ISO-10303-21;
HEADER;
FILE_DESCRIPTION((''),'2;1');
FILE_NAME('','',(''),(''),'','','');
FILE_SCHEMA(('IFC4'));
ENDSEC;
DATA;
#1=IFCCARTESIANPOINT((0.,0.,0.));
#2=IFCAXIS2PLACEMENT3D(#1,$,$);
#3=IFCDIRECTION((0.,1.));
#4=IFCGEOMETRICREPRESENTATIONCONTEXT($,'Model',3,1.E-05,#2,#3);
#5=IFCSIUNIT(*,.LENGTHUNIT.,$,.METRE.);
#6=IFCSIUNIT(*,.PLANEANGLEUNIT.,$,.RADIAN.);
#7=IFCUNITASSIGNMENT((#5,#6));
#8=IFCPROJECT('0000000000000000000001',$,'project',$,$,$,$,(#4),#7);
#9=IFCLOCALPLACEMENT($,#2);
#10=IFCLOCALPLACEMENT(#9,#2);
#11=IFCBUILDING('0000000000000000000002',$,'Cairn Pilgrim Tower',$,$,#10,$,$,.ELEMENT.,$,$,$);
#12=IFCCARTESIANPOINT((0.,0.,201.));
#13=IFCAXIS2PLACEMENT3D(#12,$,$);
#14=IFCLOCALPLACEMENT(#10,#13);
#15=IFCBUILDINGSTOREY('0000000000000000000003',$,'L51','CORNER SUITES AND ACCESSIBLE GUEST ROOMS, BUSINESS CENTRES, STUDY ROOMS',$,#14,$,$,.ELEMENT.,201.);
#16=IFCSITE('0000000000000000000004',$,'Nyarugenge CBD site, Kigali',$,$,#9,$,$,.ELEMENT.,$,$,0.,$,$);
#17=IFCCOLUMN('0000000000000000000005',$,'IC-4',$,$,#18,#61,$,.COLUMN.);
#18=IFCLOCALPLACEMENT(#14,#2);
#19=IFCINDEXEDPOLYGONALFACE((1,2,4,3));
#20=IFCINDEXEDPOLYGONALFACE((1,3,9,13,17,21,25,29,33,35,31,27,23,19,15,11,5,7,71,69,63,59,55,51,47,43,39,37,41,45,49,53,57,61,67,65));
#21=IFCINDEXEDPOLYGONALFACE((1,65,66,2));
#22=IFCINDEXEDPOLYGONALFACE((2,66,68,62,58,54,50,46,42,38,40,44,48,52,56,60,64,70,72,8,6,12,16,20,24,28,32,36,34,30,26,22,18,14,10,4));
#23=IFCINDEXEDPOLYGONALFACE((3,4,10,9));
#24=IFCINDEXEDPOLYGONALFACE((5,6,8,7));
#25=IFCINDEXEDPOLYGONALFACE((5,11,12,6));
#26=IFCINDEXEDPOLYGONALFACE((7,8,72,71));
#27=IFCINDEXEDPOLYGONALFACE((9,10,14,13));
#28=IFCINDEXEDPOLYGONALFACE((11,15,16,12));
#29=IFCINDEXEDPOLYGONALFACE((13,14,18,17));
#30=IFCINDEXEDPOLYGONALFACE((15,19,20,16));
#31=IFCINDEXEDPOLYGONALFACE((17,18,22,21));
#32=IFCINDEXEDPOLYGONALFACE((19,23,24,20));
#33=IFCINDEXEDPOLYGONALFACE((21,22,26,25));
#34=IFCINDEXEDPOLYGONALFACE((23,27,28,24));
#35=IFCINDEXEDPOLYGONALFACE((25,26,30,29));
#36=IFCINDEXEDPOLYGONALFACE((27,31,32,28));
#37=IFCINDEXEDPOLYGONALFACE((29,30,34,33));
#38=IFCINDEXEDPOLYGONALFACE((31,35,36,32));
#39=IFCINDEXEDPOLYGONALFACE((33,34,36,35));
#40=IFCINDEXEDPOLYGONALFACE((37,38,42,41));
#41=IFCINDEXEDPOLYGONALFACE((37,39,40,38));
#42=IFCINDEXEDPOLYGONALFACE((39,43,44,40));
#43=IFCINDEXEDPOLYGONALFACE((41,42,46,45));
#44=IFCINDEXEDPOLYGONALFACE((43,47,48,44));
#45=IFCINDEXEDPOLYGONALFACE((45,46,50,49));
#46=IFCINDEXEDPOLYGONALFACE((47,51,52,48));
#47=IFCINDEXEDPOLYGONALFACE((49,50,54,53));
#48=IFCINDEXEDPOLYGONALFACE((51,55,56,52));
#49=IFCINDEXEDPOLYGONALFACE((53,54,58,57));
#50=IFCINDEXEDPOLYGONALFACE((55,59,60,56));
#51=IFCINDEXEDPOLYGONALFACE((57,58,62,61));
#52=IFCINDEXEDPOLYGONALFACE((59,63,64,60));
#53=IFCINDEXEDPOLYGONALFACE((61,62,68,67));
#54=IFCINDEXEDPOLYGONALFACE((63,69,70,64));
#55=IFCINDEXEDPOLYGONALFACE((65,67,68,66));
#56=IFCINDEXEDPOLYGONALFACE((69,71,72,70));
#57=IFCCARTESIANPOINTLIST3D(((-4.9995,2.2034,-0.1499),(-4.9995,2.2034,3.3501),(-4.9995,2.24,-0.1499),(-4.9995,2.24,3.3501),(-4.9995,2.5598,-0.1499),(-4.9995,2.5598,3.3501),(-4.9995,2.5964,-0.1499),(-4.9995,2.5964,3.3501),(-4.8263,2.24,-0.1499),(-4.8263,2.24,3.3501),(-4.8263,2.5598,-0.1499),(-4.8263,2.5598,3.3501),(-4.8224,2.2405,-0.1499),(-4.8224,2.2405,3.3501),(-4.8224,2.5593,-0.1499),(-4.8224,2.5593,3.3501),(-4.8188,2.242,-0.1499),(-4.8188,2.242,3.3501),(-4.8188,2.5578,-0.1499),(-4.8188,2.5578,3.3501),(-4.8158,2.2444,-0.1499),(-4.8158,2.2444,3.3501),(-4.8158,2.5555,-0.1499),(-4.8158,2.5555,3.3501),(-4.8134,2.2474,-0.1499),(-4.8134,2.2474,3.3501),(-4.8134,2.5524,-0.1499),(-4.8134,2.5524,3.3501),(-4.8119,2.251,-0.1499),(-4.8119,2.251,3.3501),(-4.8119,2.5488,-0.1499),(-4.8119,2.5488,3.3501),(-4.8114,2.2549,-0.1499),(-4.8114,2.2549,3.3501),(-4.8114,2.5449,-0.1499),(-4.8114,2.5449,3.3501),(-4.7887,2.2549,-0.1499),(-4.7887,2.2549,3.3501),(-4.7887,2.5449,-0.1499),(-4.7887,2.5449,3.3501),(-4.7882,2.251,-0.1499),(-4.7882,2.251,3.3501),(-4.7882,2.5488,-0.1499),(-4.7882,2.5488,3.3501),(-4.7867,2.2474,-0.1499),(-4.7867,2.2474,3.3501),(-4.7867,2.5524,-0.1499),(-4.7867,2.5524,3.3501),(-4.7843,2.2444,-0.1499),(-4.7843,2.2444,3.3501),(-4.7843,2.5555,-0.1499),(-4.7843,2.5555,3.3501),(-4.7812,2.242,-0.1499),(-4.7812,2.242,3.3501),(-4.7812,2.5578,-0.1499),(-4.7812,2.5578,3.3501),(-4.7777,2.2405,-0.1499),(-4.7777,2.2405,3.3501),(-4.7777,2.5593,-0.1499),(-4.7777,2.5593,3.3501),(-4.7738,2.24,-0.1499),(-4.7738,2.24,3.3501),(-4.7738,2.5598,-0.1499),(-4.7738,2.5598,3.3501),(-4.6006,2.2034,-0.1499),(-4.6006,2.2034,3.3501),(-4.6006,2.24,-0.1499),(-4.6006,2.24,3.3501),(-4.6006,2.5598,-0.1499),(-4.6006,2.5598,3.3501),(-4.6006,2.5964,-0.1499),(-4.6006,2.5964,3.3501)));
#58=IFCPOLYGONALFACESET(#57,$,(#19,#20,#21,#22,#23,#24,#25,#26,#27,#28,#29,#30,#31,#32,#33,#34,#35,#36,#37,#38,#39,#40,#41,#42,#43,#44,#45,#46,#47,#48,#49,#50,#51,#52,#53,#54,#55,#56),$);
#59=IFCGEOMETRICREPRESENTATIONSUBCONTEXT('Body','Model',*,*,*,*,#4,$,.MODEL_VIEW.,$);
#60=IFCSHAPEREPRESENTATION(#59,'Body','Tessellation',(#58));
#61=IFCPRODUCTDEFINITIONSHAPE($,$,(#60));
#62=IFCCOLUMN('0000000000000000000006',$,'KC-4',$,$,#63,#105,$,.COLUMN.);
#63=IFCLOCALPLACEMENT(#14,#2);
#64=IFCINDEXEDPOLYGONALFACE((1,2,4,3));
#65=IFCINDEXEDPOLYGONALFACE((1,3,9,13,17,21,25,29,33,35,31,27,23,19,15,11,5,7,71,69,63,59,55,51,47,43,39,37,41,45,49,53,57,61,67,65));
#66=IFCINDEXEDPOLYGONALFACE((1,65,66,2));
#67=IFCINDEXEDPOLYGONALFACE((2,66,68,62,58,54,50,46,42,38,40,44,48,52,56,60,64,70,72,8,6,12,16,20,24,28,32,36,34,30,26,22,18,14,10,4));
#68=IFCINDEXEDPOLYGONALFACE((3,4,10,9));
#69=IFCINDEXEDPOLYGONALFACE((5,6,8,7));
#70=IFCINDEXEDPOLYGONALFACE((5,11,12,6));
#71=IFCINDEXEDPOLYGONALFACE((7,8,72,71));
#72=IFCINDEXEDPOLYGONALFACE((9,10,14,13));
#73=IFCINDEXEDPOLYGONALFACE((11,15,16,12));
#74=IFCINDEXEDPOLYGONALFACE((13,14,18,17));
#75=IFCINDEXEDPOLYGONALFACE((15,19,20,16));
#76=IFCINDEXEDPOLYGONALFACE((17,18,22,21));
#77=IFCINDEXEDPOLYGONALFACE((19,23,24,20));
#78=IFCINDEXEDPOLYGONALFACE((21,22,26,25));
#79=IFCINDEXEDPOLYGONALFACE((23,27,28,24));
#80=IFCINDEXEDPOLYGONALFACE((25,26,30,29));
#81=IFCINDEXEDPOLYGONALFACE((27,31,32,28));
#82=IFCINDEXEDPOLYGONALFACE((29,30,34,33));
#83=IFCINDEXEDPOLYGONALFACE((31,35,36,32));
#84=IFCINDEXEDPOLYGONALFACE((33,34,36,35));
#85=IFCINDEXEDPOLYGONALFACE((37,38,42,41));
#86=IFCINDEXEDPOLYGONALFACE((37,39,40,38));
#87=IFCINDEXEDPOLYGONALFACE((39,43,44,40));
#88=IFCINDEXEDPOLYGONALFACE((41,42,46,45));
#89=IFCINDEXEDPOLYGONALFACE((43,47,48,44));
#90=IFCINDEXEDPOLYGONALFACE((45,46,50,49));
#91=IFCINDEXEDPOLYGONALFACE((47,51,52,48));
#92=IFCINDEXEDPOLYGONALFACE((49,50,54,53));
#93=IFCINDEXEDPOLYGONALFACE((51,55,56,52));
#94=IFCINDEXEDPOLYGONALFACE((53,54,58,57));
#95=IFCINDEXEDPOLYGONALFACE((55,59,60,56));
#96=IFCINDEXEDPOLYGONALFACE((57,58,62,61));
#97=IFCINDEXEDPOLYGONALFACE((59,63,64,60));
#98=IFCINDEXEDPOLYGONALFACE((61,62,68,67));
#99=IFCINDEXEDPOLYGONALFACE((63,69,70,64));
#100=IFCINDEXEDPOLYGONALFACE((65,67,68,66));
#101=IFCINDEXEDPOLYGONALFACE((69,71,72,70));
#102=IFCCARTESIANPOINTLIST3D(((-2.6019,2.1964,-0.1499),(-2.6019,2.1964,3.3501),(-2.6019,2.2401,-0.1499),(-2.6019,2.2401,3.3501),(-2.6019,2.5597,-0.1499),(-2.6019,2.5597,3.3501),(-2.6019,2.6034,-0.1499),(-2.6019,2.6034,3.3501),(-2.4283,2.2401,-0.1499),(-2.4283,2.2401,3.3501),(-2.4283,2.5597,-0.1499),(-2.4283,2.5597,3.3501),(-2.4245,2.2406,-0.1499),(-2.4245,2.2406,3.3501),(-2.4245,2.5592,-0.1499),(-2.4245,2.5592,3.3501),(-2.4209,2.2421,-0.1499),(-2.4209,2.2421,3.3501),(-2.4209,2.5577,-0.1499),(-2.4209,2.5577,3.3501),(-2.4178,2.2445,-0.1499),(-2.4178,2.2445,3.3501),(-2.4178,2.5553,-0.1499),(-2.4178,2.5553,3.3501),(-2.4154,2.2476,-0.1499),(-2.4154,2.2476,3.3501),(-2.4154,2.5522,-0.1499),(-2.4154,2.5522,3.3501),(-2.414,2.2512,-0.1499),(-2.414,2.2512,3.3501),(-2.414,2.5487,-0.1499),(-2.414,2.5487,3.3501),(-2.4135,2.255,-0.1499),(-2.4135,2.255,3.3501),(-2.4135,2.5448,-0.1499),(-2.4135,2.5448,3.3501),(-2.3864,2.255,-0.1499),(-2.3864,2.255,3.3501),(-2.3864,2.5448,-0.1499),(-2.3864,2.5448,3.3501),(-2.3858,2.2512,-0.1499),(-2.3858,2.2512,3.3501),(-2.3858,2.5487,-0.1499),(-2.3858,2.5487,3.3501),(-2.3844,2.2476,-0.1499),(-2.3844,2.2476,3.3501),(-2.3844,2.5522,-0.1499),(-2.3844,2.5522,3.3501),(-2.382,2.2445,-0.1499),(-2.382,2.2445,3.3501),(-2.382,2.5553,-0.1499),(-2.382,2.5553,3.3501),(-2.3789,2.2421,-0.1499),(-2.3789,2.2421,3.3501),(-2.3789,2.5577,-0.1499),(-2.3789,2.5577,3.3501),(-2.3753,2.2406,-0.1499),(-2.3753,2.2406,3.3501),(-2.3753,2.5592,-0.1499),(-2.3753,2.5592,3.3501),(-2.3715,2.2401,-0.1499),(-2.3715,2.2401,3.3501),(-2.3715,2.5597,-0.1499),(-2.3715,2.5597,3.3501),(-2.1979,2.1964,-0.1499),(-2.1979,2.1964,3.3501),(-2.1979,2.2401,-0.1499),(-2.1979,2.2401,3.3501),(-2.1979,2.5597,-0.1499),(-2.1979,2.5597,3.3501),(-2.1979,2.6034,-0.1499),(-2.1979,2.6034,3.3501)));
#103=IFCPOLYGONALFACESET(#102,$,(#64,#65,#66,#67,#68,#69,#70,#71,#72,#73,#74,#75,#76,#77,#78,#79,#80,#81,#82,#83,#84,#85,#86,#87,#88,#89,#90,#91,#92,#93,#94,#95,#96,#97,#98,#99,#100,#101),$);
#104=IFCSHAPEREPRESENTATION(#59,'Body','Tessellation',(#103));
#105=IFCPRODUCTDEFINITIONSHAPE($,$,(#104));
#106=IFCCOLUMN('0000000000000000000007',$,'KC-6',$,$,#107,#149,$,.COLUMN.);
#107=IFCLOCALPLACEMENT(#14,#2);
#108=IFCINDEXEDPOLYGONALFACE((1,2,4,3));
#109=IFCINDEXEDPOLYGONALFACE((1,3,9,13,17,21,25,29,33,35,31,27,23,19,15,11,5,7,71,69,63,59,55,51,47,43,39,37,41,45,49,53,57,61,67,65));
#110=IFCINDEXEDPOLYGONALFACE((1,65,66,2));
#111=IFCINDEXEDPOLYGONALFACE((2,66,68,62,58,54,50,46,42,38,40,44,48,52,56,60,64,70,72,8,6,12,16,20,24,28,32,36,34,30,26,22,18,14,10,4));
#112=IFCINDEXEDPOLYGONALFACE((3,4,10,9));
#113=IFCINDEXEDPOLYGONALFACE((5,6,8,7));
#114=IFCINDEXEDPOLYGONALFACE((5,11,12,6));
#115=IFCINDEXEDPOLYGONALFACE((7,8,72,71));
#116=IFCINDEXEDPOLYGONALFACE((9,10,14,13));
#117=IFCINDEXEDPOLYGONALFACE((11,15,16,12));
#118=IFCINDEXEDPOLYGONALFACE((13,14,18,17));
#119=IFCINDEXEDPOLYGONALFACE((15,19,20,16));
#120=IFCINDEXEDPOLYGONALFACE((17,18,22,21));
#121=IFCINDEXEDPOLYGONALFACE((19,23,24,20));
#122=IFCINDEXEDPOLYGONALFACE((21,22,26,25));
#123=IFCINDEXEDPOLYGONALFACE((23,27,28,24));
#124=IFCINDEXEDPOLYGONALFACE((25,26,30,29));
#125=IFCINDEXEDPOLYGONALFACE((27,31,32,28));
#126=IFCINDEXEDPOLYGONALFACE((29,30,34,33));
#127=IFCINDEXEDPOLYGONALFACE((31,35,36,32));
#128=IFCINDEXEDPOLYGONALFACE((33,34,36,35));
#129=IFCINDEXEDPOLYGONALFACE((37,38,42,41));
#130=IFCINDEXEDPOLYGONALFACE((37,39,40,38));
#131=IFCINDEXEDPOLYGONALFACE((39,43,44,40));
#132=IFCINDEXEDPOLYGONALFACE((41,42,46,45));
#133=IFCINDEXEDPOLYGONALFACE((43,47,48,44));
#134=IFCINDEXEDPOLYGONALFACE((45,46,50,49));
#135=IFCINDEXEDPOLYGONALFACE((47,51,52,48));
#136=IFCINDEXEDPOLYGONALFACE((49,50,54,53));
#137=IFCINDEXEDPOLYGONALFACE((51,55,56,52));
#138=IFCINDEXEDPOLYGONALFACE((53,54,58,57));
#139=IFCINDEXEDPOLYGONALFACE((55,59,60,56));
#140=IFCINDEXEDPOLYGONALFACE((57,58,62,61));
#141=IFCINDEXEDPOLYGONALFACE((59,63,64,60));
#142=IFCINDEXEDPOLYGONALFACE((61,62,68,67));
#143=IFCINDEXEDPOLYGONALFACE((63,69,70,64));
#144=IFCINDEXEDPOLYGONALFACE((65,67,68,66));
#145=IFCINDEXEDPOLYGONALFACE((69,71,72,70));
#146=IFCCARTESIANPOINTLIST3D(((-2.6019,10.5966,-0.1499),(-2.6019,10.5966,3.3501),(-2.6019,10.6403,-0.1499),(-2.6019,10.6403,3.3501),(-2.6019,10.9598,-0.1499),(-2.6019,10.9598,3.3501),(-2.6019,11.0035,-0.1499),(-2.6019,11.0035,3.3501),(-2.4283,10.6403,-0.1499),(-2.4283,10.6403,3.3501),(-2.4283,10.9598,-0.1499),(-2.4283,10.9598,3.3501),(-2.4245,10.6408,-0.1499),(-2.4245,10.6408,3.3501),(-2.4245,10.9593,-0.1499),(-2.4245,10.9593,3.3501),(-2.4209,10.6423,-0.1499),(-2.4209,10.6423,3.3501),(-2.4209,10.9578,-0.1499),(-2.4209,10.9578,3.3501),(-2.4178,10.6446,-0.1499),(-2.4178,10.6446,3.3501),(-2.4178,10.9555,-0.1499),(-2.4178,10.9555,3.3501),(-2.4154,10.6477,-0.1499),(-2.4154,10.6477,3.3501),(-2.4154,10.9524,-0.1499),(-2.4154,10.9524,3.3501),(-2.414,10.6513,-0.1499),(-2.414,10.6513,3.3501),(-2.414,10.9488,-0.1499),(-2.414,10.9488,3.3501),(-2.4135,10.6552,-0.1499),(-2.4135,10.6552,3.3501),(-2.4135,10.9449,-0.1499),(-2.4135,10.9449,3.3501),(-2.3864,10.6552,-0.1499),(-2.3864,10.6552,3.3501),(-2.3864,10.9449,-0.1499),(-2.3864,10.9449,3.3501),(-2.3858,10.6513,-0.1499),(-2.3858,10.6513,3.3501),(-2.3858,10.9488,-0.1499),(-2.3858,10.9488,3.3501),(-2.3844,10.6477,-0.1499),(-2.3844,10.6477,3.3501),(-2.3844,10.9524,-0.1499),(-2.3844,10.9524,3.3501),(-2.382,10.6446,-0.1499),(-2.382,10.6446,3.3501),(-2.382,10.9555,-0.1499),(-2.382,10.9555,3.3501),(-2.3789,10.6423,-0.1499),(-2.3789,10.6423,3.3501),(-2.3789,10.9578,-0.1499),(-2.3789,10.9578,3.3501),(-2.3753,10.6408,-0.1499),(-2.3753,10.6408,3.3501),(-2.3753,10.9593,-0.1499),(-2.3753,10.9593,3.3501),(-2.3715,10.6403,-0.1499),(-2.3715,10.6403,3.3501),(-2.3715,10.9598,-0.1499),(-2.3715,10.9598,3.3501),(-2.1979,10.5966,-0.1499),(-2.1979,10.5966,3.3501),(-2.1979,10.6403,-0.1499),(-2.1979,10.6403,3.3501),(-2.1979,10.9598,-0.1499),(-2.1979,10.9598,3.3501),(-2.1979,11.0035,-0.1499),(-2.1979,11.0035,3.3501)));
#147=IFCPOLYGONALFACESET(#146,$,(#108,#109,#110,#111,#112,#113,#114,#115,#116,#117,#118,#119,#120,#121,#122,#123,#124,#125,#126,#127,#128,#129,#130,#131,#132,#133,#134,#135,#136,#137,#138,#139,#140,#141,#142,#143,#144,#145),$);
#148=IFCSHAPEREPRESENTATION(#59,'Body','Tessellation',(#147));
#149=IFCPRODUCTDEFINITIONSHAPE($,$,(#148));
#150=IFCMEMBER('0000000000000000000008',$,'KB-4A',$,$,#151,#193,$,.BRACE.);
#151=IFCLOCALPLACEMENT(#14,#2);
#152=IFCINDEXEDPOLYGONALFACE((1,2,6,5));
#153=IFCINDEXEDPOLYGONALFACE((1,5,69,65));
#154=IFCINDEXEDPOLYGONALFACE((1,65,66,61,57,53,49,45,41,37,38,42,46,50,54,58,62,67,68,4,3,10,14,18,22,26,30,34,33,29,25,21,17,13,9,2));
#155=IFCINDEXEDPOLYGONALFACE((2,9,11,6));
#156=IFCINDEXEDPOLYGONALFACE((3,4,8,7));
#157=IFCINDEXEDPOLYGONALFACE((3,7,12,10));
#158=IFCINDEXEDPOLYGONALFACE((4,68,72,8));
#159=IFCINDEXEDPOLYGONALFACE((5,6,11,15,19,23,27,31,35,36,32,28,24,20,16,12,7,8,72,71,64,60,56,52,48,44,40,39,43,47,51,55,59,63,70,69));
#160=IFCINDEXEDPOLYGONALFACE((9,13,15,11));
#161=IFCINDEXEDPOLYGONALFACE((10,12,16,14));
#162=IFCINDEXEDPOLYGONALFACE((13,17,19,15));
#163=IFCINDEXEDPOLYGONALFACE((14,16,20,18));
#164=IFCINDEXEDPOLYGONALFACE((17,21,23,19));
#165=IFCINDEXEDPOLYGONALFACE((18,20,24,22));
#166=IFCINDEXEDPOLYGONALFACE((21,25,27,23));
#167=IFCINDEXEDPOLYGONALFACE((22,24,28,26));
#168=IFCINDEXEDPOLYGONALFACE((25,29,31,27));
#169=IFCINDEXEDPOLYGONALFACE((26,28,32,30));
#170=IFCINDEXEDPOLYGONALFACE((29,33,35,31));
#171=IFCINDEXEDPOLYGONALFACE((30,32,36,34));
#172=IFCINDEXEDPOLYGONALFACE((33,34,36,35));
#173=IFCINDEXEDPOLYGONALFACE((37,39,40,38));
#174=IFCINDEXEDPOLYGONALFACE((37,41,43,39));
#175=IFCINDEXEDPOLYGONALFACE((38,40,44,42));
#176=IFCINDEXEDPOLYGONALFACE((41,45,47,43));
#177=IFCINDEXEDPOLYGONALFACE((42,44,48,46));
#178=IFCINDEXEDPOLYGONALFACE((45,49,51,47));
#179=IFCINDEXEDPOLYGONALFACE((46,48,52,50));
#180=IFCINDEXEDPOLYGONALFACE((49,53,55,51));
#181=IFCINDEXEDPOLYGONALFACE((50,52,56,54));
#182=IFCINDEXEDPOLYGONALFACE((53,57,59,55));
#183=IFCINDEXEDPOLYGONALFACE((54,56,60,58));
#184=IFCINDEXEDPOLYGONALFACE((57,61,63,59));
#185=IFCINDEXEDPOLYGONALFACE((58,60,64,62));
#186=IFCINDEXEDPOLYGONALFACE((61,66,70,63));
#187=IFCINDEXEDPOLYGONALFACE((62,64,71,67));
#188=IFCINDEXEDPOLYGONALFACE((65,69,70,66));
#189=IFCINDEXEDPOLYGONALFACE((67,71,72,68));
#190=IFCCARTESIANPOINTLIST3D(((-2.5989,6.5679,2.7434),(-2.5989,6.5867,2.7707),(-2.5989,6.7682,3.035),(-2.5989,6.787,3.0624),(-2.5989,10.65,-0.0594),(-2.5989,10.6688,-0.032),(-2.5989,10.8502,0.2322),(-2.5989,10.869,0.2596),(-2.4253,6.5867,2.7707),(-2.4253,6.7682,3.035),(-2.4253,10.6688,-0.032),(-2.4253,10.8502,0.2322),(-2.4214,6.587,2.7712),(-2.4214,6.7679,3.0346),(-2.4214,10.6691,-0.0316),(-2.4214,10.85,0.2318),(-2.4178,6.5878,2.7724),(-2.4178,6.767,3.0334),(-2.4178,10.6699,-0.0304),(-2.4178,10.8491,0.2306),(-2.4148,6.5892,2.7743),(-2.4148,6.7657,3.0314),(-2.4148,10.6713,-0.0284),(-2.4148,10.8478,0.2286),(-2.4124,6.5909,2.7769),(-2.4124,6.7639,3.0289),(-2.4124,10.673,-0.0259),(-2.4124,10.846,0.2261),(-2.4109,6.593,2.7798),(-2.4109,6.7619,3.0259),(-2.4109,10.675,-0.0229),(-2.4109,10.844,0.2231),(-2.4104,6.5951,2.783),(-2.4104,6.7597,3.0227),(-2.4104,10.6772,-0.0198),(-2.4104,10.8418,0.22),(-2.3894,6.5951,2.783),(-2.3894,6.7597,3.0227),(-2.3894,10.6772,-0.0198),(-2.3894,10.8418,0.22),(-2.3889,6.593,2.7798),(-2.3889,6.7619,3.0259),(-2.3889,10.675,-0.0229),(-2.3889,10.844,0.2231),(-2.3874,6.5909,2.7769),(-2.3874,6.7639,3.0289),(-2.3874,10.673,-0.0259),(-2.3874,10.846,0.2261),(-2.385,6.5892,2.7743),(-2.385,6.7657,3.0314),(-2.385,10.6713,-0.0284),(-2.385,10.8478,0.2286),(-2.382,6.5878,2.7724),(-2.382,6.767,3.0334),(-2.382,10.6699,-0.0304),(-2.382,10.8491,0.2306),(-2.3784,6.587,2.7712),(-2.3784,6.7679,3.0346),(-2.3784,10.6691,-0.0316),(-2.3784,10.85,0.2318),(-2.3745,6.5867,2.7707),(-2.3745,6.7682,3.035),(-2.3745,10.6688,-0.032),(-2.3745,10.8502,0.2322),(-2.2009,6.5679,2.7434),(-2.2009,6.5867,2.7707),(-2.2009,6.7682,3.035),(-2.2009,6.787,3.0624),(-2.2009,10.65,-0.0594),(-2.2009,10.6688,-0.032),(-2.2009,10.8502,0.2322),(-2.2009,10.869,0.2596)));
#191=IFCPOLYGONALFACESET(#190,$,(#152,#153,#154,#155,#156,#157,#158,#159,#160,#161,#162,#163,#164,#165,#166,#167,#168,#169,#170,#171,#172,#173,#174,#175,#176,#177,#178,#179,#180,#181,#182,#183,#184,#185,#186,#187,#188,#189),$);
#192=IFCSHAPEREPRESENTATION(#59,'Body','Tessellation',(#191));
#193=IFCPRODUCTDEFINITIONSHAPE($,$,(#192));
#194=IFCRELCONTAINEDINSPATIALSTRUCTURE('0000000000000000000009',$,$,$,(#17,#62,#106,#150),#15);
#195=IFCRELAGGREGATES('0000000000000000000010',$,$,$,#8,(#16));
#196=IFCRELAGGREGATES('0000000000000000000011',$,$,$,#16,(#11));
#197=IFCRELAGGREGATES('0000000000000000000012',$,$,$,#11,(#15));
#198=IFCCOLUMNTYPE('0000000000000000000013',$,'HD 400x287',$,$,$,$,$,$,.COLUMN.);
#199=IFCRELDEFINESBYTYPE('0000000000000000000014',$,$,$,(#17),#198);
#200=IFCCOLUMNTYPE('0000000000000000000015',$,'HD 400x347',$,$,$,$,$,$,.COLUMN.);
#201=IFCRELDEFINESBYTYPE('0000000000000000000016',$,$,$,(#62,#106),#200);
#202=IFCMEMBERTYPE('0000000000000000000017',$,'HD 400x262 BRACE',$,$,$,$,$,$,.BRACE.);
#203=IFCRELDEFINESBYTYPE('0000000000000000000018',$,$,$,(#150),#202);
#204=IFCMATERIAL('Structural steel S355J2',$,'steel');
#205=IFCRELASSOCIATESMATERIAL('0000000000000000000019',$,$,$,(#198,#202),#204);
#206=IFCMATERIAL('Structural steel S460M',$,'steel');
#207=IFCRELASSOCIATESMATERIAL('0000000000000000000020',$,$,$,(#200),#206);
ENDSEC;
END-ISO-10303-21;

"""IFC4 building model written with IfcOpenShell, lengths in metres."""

from ifc_helpers import new_model, si_unit, direction, frame, origin, origin_2d, place, context, subcontext, project, spatial, i_section, extrude, material, material_profile, profile_set, type_object, element, save


model = new_model("IFC4")

# Units and contexts
model_context = context("Model", 3, precision=1e-05, world=origin(), true_north=direction((0.0, 1.0)))
body_context = subcontext(model_context, "Body", "Model", "MODEL_VIEW")
ifc_project = project(units=[si_unit("LENGTHUNIT", "METRE"), si_unit("PLANEANGLEUNIT", "RADIAN")], contexts=[model_context])

# Site, building, storey
site_placement = place(None, origin())
site = spatial("IfcSite", under=ifc_project, at=site_placement, Name="Nyarugenge CBD site, Kigali", CompositionType="ELEMENT", RefElevation=0.0)
building_placement = place(site_placement, origin())
building = spatial("IfcBuilding", under=site, at=building_placement, Name="Cairn Pilgrim Tower", CompositionType="ELEMENT")
storey_placement = place(building_placement, frame((0.0, 0.0, 201.0)))
storey = spatial("IfcBuildingStorey", under=building, at=storey_placement, Name="L51", Description="CORNER SUITES AND ACCESSIBLE GUEST ROOMS, BUSINESS CENTRES, STUDY ROOMS", CompositionType="ELEMENT", Elevation=201.0)

# Columns
ifc_material_1 = material(Name="Structural steel S355J2", Category="steel")
ifc_material_profile_1 = material_profile(ifc_material_1, i_section(OverallWidth=0.3989, OverallDepth=0.3931, WebThickness=0.0227, FlangeThickness=0.0366, FilletRadius=0.0149, at=origin_2d()), Name="HD 400x287")
ifc_profile_set_1 = profile_set([ifc_material_profile_1], Name="Structural steel S355J2")
column_type_1 = type_object("IfcColumnType", Name="HD 400x287", PredefinedType="COLUMN", material=ifc_profile_set_1)
column_placement = place(storey_placement, frame((-4.8, 2.3999, -0.1499), z_axis=(0.0, 0.0, 1.0), x_axis=(1.0, 0.0, 0.0)))
element("IfcColumn", 1, at=column_placement, inside=storey, type_object=column_type_1, Name="IC-4", PredefinedType="COLUMN", context=body_context, shape_type="SweptSolid", body=[
    extrude(i_section(OverallWidth=0.3989, OverallDepth=0.3931, WebThickness=0.0227, FlangeThickness=0.0366, FilletRadius=0.0149, at=origin_2d()), origin(), (0.0, 0.0, 1.0), 3.5),
])
ifc_material_2 = material(Name="Structural steel S460M", Category="steel")
ifc_material_profile_2 = material_profile(ifc_material_2, i_section(OverallWidth=0.4041, OverallDepth=0.407, WebThickness=0.0271, FlangeThickness=0.0437, FilletRadius=0.0149, at=origin_2d()), Name="HD 400x347")
ifc_profile_set_2 = profile_set([ifc_material_profile_2], Name="Structural steel S460M")
column_type_2 = type_object("IfcColumnType", Name="HD 400x347", PredefinedType="COLUMN", material=ifc_profile_set_2)
for number, where, z_axis, x_axis, name in (
    (2, (-2.3999, 2.3999, -0.1499), (0.0, 0.0, 1.0), (1.0, 0.0, 0.0), "KC-4"),
    (3, (-2.3999, 10.8, -0.1499), (0.0, 0.0, 1.0), (1.0, 0.0, 0.0), "KC-6"),
):
    element("IfcColumn", number, at=place(storey_placement, frame(where, z_axis=z_axis, x_axis=x_axis)), inside=storey, type_object=column_type_2, Name=name, PredefinedType="COLUMN", context=body_context, shape_type="SweptSolid", body=[
        extrude(i_section(OverallWidth=0.4041, OverallDepth=0.407, WebThickness=0.0271, FlangeThickness=0.0437, FilletRadius=0.0149, at=origin_2d()), origin(), (0.0, 0.0, 1.0), 3.5),
    ])

# Member
ifc_material_profile_3 = material_profile(ifc_material_1, i_section(OverallWidth=0.3979, OverallDepth=0.387, WebThickness=0.021, FlangeThickness=0.0332, FilletRadius=0.0149, at=origin_2d()), Name="HD 400x262")
ifc_profile_set_3 = profile_set([ifc_material_profile_3], Name="Structural steel S355J2")
member_type = type_object("IfcMemberType", Name="HD 400x262 BRACE", PredefinedType="BRACE", material=ifc_profile_set_3)
member_1_placement = place(storey_placement, frame((-2.3999, 10.7595, 0.1001), z_axis=(0.0, -0.824387, 0.566027), x_axis=(1.0, 0.0, 0.0)))
element("IfcMember", 4, at=member_1_placement, inside=storey, type_object=member_type, Name="KB-4A", PredefinedType="BRACE", context=body_context, shape_type="SweptSolid", body=[
    extrude(i_section(OverallWidth=0.3979, OverallDepth=0.387, WebThickness=0.021, FlangeThickness=0.0332, FilletRadius=0.0149, at=origin_2d()), origin(), (0.0, 0.0, 1.0), 4.9517),
])

save(model, "model.ifc")
